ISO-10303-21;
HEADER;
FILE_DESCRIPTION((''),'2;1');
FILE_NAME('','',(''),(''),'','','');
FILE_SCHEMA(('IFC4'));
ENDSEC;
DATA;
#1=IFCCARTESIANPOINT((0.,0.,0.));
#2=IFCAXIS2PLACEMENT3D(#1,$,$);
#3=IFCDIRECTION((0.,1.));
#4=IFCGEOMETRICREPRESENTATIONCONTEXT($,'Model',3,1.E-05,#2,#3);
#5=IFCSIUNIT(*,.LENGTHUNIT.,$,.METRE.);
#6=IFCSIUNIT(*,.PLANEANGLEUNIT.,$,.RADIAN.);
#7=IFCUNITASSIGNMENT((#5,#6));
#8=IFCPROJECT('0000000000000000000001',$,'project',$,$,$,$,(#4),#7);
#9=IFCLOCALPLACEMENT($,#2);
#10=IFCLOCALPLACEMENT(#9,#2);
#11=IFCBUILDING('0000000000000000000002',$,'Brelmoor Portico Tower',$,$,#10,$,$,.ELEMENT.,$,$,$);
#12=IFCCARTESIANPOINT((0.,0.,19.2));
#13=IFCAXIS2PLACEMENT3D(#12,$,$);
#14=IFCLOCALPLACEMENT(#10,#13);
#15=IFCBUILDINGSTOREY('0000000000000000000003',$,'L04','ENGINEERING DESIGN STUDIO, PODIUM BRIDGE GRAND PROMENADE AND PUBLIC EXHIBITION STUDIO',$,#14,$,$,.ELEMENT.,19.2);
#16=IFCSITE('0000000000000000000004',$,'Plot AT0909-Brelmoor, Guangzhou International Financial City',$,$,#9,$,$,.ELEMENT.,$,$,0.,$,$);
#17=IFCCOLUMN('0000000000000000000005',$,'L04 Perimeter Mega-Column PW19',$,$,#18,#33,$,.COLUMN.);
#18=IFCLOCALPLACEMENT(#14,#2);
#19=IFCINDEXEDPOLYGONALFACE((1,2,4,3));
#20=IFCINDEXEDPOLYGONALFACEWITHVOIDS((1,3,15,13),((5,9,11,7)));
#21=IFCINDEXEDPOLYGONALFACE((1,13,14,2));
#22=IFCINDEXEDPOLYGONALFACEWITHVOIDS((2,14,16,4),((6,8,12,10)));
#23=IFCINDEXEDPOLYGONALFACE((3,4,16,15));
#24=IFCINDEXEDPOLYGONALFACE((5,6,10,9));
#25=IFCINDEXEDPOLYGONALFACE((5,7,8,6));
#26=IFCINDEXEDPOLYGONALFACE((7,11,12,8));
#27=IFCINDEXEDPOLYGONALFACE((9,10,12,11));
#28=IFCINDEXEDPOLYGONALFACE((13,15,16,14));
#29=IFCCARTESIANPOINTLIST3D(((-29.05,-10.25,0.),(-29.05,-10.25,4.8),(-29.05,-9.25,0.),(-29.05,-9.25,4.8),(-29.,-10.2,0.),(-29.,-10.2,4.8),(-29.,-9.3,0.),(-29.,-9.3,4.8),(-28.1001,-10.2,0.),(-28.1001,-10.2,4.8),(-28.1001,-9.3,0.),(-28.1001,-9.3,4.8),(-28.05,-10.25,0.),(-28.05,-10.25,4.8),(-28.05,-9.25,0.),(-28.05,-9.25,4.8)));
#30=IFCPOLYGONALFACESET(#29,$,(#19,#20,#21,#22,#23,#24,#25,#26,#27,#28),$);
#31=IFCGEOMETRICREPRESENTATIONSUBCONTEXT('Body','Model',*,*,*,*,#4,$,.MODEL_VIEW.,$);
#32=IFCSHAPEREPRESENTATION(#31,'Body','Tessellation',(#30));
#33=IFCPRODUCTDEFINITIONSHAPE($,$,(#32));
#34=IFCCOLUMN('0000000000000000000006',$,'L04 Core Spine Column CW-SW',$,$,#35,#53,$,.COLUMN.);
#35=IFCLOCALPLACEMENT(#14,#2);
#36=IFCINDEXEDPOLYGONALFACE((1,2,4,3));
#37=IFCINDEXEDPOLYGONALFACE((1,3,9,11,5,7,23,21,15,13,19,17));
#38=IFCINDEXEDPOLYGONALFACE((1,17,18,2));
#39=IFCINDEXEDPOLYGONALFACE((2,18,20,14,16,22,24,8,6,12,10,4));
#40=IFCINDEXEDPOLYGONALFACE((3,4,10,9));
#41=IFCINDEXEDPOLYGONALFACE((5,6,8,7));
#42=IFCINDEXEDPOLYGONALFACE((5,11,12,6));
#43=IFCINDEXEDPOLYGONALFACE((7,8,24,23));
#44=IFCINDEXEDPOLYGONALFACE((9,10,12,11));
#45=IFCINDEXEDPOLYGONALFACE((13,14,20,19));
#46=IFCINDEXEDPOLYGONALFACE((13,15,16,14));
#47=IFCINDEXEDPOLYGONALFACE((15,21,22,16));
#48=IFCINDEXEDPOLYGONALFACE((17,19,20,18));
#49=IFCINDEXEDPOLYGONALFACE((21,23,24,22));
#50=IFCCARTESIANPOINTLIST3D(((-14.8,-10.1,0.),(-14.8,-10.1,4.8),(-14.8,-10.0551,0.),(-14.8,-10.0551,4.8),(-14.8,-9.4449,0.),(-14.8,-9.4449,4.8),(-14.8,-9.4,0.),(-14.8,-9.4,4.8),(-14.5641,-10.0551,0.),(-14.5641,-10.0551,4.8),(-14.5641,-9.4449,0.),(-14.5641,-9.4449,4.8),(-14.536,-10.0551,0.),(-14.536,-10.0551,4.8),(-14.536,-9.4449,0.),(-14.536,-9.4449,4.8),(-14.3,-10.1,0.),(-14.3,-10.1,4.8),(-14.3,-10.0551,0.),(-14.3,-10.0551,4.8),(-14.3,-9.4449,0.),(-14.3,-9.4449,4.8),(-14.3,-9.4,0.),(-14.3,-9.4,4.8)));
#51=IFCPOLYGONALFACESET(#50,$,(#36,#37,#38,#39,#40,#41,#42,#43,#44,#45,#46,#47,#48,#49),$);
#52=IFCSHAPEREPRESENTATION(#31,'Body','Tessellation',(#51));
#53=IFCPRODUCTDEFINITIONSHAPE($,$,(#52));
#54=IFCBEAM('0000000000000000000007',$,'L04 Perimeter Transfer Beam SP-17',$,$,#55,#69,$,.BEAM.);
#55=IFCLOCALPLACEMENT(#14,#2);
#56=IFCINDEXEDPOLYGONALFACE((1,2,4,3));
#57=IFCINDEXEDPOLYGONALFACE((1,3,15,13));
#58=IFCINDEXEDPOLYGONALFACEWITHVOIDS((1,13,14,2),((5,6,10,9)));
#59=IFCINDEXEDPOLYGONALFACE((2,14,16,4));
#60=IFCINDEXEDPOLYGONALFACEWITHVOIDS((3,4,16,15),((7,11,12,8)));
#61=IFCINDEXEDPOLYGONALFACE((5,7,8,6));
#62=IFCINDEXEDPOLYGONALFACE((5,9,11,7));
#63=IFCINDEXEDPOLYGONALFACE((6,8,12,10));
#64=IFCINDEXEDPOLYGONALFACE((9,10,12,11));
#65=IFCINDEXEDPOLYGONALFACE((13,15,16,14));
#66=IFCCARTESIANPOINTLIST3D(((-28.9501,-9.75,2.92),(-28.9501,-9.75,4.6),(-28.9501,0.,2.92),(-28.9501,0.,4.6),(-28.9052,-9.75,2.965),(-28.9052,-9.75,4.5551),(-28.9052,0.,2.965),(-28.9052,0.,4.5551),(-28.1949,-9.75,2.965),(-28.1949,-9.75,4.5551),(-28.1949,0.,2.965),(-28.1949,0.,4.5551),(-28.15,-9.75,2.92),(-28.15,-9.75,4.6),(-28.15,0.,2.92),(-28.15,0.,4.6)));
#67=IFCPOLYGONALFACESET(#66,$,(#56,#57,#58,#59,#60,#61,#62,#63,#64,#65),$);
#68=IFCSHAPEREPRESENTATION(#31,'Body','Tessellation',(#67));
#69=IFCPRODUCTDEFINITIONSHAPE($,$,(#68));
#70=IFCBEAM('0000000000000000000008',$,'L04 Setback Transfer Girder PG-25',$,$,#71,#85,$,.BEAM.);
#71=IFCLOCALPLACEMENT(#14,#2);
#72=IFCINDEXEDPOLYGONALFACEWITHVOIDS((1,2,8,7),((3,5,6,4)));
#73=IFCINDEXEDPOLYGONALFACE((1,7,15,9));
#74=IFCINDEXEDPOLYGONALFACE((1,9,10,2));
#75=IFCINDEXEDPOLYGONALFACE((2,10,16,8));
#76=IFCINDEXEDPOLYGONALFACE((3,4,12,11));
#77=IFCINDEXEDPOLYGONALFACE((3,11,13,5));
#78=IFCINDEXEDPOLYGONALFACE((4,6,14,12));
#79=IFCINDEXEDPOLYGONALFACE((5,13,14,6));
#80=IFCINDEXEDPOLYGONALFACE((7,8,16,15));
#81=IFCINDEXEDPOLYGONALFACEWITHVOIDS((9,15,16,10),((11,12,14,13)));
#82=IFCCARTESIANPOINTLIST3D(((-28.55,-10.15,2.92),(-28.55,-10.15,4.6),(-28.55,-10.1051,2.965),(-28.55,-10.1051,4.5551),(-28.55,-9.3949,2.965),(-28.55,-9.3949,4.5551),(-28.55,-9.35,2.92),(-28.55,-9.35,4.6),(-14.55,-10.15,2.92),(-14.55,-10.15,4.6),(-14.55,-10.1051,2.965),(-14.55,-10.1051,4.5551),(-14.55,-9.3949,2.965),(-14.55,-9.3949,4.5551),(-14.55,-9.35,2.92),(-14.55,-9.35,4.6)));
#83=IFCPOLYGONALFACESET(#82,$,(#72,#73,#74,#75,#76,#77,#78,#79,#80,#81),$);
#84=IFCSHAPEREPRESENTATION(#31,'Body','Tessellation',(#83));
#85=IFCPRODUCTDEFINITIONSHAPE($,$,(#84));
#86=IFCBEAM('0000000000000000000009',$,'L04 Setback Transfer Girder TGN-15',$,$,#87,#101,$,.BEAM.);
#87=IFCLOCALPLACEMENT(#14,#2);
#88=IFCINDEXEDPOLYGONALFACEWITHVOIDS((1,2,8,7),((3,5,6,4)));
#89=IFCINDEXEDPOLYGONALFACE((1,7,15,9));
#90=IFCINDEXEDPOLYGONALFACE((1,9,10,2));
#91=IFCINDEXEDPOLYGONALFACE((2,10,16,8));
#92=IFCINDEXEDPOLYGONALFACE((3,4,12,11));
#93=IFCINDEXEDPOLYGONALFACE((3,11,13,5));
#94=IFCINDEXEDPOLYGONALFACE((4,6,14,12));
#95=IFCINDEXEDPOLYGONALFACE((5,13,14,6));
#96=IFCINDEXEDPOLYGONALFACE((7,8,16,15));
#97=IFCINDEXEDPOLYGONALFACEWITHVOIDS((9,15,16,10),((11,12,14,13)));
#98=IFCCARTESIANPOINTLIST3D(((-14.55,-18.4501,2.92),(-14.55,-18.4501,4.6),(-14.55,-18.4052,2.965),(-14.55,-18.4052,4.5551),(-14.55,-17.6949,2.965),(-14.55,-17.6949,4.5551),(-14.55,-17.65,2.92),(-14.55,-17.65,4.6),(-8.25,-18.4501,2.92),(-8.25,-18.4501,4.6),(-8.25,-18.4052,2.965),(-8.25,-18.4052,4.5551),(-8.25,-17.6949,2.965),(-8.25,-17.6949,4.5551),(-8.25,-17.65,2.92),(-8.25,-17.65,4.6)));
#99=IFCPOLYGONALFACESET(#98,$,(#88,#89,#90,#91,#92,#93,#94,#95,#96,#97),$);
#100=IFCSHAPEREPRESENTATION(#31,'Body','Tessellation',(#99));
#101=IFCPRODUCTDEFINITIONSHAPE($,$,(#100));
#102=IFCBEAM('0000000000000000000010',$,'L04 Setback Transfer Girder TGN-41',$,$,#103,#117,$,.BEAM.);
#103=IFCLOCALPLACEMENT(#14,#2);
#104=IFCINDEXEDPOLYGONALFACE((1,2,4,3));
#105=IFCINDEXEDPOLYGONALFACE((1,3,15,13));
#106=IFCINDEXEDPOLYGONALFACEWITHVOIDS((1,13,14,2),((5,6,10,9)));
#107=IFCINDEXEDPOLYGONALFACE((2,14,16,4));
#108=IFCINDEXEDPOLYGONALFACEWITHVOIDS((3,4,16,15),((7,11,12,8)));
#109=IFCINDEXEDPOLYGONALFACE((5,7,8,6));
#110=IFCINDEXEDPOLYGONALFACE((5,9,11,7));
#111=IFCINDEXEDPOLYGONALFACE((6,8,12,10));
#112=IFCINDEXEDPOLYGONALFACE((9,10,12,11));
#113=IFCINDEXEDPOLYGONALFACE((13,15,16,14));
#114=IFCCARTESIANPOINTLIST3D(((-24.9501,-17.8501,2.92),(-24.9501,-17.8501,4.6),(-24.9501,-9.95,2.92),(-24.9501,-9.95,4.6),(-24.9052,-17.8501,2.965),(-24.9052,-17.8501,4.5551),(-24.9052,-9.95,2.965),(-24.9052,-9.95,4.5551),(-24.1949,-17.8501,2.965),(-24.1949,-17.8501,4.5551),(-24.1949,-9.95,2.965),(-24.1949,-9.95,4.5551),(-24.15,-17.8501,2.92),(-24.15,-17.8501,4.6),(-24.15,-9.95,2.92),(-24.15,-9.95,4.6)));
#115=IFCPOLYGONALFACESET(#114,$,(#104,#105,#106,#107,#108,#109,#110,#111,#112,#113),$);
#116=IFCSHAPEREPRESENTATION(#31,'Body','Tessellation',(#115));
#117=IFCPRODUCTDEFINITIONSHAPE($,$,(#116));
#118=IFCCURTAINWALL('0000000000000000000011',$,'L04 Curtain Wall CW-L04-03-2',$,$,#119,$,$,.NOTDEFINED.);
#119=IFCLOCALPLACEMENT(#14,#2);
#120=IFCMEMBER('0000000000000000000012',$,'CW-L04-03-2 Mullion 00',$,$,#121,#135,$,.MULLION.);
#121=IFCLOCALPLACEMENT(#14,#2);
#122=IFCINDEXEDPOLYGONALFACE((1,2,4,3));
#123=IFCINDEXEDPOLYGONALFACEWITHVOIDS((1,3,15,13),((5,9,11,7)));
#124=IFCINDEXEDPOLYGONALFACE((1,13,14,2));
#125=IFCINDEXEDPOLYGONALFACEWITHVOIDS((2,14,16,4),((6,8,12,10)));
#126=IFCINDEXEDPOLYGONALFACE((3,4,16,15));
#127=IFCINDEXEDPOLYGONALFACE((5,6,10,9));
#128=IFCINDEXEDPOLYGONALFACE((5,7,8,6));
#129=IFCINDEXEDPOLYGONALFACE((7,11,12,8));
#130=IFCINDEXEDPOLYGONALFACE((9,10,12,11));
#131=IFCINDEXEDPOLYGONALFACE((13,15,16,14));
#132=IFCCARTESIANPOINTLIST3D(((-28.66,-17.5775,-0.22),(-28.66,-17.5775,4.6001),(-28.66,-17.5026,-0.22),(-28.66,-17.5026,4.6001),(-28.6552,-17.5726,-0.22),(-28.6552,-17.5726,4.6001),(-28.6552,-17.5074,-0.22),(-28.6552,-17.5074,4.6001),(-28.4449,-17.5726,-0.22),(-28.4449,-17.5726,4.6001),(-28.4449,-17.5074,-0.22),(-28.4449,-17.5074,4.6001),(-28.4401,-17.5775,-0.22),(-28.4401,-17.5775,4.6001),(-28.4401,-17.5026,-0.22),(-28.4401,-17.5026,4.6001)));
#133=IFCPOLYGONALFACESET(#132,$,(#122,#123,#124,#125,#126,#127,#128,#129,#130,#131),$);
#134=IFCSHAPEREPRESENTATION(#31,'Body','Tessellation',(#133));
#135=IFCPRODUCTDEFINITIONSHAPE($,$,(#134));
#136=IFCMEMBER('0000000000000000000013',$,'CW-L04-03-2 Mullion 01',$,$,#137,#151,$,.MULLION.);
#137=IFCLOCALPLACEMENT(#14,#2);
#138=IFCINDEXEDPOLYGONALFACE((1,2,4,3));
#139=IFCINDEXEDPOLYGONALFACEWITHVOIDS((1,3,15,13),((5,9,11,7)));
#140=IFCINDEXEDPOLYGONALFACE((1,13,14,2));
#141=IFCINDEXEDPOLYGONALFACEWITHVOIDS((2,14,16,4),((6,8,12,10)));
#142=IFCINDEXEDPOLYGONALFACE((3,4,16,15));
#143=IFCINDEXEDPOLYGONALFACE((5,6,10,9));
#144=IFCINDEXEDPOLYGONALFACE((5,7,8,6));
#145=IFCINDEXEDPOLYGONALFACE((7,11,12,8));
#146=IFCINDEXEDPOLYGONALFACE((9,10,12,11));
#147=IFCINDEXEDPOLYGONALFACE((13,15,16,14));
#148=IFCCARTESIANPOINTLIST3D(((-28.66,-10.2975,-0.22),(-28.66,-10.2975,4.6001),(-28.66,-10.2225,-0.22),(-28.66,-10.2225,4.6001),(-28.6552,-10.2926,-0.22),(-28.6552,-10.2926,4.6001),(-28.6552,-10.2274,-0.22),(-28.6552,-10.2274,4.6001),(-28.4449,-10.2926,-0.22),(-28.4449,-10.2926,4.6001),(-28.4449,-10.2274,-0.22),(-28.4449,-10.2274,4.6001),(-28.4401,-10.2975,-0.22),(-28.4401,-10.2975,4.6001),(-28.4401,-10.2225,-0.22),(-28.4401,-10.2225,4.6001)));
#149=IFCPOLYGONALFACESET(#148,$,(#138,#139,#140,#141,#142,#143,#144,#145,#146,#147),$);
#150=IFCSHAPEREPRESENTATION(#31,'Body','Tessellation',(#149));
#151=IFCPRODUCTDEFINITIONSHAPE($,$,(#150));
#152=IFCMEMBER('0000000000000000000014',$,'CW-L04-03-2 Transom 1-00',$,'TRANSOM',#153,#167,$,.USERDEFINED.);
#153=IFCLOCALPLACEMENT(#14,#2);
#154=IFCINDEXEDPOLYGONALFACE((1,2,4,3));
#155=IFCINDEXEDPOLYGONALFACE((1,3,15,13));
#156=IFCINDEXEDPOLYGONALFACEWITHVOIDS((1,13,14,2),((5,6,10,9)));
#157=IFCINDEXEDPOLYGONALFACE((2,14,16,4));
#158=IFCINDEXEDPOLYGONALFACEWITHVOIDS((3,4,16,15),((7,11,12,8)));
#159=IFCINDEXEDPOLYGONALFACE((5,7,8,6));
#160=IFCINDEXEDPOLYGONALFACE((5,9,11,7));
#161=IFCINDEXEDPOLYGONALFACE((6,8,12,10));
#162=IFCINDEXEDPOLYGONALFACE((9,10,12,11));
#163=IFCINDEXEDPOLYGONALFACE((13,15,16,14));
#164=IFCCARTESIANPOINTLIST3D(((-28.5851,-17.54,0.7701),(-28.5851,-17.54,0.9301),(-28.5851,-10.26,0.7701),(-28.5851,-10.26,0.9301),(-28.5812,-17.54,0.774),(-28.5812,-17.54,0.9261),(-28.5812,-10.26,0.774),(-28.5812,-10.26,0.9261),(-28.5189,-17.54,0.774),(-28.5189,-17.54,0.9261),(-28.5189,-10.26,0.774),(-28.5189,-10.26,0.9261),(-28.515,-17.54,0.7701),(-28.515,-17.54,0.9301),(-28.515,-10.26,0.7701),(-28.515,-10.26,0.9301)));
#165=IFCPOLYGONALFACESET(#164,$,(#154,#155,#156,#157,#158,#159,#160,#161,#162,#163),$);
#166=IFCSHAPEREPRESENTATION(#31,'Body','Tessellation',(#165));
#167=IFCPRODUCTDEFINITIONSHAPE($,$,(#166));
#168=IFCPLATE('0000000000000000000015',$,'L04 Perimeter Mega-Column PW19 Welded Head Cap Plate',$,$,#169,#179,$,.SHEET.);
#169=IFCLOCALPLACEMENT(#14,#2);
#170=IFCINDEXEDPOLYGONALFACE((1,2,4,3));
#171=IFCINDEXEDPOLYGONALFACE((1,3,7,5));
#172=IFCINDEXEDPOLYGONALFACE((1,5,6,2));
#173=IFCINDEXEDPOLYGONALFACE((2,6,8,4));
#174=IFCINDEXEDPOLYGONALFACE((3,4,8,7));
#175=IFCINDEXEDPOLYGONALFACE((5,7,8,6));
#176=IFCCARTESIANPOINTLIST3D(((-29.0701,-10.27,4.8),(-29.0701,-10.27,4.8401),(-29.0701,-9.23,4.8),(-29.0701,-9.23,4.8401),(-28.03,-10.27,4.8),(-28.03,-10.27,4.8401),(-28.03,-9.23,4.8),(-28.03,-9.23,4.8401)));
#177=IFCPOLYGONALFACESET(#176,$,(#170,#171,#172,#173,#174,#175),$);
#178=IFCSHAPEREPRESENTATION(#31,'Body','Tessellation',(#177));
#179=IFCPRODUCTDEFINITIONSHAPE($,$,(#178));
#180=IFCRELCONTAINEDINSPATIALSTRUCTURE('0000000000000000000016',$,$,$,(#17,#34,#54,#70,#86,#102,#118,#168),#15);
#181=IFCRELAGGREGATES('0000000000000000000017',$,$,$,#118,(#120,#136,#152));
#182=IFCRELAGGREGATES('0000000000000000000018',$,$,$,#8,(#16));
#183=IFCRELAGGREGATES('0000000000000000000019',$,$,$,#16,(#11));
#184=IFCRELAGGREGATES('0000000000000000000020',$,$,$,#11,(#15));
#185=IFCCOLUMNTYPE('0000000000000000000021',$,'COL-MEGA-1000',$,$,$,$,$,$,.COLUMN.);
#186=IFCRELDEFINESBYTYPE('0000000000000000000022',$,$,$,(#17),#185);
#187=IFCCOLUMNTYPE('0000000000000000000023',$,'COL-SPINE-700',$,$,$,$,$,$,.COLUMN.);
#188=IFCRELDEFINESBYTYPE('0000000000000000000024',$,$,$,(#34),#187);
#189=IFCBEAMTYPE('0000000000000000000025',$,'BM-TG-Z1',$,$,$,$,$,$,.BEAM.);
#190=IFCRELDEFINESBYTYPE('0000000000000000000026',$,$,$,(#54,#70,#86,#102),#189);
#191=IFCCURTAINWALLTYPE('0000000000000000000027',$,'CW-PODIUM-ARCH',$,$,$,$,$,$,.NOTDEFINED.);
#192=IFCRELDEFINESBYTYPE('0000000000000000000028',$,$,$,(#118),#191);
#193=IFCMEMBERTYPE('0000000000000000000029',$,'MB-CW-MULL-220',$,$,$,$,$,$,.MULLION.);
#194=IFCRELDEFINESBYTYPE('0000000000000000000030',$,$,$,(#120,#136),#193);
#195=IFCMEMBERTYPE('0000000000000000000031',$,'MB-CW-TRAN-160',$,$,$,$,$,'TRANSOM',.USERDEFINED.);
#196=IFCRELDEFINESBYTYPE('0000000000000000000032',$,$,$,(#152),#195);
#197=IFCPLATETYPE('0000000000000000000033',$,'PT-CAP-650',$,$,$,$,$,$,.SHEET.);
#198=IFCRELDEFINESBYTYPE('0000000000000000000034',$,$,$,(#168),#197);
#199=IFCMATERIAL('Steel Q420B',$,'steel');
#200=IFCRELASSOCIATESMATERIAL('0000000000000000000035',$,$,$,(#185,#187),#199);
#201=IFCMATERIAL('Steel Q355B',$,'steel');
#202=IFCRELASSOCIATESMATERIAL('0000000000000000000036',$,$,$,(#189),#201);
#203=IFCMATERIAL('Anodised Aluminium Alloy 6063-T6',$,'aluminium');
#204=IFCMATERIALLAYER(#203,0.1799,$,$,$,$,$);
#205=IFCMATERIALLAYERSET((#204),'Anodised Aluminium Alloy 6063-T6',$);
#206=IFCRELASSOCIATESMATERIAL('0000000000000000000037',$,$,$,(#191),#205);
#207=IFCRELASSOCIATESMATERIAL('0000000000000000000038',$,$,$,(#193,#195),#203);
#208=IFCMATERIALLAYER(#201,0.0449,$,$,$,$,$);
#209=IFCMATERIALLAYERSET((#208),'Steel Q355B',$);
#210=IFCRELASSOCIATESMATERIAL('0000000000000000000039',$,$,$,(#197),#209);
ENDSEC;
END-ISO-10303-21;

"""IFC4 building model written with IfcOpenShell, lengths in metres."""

from ifc_helpers import new_model, si_unit, direction, frame, origin, origin_2d, place, context, subcontext, project, spatial, rectangle, hollow_rectangle, i_section, extrude, material, layer, layer_set, material_profile, profile_set, type_object, element, aggregate, save


model = new_model("IFC4")

# Units and contexts
model_context = context("Model", 3, precision=1e-05, world=origin(), true_north=direction((0.0, 1.0)))
body_context = subcontext(model_context, "Body", "Model", "MODEL_VIEW")
ifc_project = project(units=[si_unit("LENGTHUNIT", "METRE"), si_unit("PLANEANGLEUNIT", "RADIAN")], contexts=[model_context])

# Site, building, storey
site_placement = place(None, origin())
site = spatial("IfcSite", under=ifc_project, at=site_placement, Name="Plot AT0909-Brelmoor, Guangzhou International Financial City", CompositionType="ELEMENT", RefElevation=0.0)
building_placement = place(site_placement, origin())
building = spatial("IfcBuilding", under=site, at=building_placement, Name="Brelmoor Portico Tower", CompositionType="ELEMENT")
storey_placement = place(building_placement, frame((0.0, 0.0, 19.2)))
storey = spatial("IfcBuildingStorey", under=building, at=storey_placement, Name="L04", Description="ENGINEERING DESIGN STUDIO, PODIUM BRIDGE GRAND PROMENADE AND PUBLIC EXHIBITION STUDIO", CompositionType="ELEMENT", Elevation=19.2)

# Columns
ifc_material_1 = material(Name="Steel Q420B", Category="steel")
ifc_material_profile_1 = material_profile(ifc_material_1, hollow_rectangle(XDim=1.0, YDim=1.0, WallThickness=0.05, at=origin_2d()), Name="BOX 1000x1000x50")
ifc_profile_set_1 = profile_set([ifc_material_profile_1], Name="Steel Q420B")
column_type_1 = type_object("IfcColumnType", Name="COL-MEGA-1000", PredefinedType="COLUMN", material=ifc_profile_set_1)
column_1_placement = place(storey_placement, frame((-28.55, -9.75, 0.0), z_axis=(0.0, 0.0, 1.0), x_axis=(0.0, 1.0, 0.0)))
element("IfcColumn", 1, at=column_1_placement, inside=storey, type_object=column_type_1, Name="L04 Perimeter Mega-Column PW19", PredefinedType="COLUMN", context=body_context, shape_type="SweptSolid", body=[
    extrude(hollow_rectangle(XDim=1.0, YDim=1.0, WallThickness=0.05, at=origin_2d()), origin(), (0.0, 0.0, 1.0), 4.8),
])
ifc_material_profile_2 = material_profile(ifc_material_1, i_section(OverallWidth=0.5, OverallDepth=0.7, WebThickness=0.0281, FlangeThickness=0.0449, at=origin_2d()), Name="HW 700x500x28x45")
ifc_profile_set_2 = profile_set([ifc_material_profile_2], Name="Steel Q420B")
column_type_2 = type_object("IfcColumnType", Name="COL-SPINE-700", PredefinedType="COLUMN", material=ifc_profile_set_2)
column_2_placement = place(storey_placement, frame((-14.55, -9.75, 0.0), z_axis=(0.0, 0.0, 1.0), x_axis=(1.0, 0.0, 0.0)))
element("IfcColumn", 2, at=column_2_placement, inside=storey, type_object=column_type_2, Name="L04 Core Spine Column CW-SW", PredefinedType="COLUMN", context=body_context, shape_type="SweptSolid", body=[
    extrude(i_section(OverallWidth=0.5, OverallDepth=0.7, WebThickness=0.0281, FlangeThickness=0.0449, at=origin_2d()), origin(), (0.0, 0.0, 1.0), 4.8),
])

# Beams
ifc_material_2 = material(Name="Steel Q355B", Category="steel")
ifc_material_profile_3 = material_profile(ifc_material_2, hollow_rectangle(XDim=0.8, YDim=1.6799, WallThickness=0.0449, at=origin_2d()), Name="BOX 800x1680x45")
ifc_profile_set_3 = profile_set([ifc_material_profile_3], Name="Steel Q355B")
beam_type = type_object("IfcBeamType", Name="BM-TG-Z1", PredefinedType="BEAM", material=ifc_profile_set_3)
beam_1_placement = place(storey_placement, frame((-28.55, -9.75, 3.76), z_axis=(0.0, 1.0, 0.0), x_axis=(-1.0, 0.0, 0.0)))
element("IfcBeam", 3, at=beam_1_placement, inside=storey, type_object=beam_type, Name="L04 Perimeter Transfer Beam SP-17", PredefinedType="BEAM", context=body_context, shape_type="SweptSolid", body=[
    extrude(hollow_rectangle(XDim=0.8, YDim=1.6799, WallThickness=0.0449, at=origin_2d()), origin(), (0.0, 0.0, 1.0), 9.75),
])
beam_2_placement = place(storey_placement, frame((-28.55, -9.75, 3.76), z_axis=(1.0, 0.0, 0.0), x_axis=(0.0, 1.0, 0.0)))
element("IfcBeam", 4, at=beam_2_placement, inside=storey, type_object=beam_type, Name="L04 Setback Transfer Girder PG-25", PredefinedType="BEAM", context=body_context, shape_type="SweptSolid", body=[
    extrude(hollow_rectangle(XDim=0.8, YDim=1.6799, WallThickness=0.0449, at=origin_2d()), origin(), (0.0, 0.0, 1.0), 14.0),
])
beam_3_placement = place(storey_placement, frame((-14.55, -18.05, 3.76), z_axis=(1.0, 0.0, 0.0), x_axis=(0.0, 1.0, 0.0)))
element("IfcBeam", 5, at=beam_3_placement, inside=storey, type_object=beam_type, Name="L04 Setback Transfer Girder TGN-15", PredefinedType="BEAM", context=body_context, shape_type="SweptSolid", body=[
    extrude(hollow_rectangle(XDim=0.8, YDim=1.6799, WallThickness=0.0449, at=origin_2d()), origin(), (0.0, 0.0, 1.0), 6.3),
])
beam_4_placement = place(storey_placement, frame((-24.55, -17.8501, 3.76), z_axis=(0.0, 1.0, 0.0), x_axis=(-1.0, 0.0, 0.0)))
element("IfcBeam", 6, at=beam_4_placement, inside=storey, type_object=beam_type, Name="L04 Setback Transfer Girder TGN-41", PredefinedType="BEAM", context=body_context, shape_type="SweptSolid", body=[
    extrude(hollow_rectangle(XDim=0.8, YDim=1.6799, WallThickness=0.0449, at=origin_2d()), origin(), (0.0, 0.0, 1.0), 7.9001),
])

# Curtain wall, members
ifc_material_3 = material(Name="Anodised Aluminium Alloy 6063-T6", Category="aluminium")
ifc_layer_1 = layer(ifc_material_3, 0.1799)
ifc_layer_set_1 = layer_set([ifc_layer_1], Name="Anodised Aluminium Alloy 6063-T6")
curtain_wall_type = type_object("IfcCurtainWallType", Name="CW-PODIUM-ARCH", PredefinedType="NOTDEFINED", material=ifc_layer_set_1)
curtain_wall_placement = place(storey_placement, origin())
curtain_wall = element("IfcCurtainWall", 7, at=curtain_wall_placement, inside=storey, type_object=curtain_wall_type, Name="L04 Curtain Wall CW-L04-03-2", PredefinedType="NOTDEFINED")
ifc_material_profile_4 = material_profile(ifc_material_3, hollow_rectangle(XDim=0.075, YDim=0.22, WallThickness=0.0049, at=origin_2d()), Name="ALU MULLION 75x220")
ifc_profile_set_4 = profile_set([ifc_material_profile_4], Name="Anodised Aluminium Alloy 6063-T6")
member_type_1 = type_object("IfcMemberType", Name="MB-CW-MULL-220", PredefinedType="MULLION", material=ifc_profile_set_4)
member_1_placement = place(storey_placement, frame((-28.55, -17.54, -0.22), z_axis=(0.0, 0.0, 1.0), x_axis=(0.0, 1.0, 0.0)))
member_1 = element("IfcMember", 8, at=member_1_placement, type_object=member_type_1, Name="CW-L04-03-2 Mullion 00", PredefinedType="MULLION", context=body_context, shape_type="SweptSolid", body=[
    extrude(hollow_rectangle(XDim=0.075, YDim=0.22, WallThickness=0.0049, at=origin_2d()), origin(), (0.0, 0.0, 1.0), 4.8201),
])
member_2_placement = place(storey_placement, frame((-28.55, -10.26, -0.22), z_axis=(0.0, 0.0, 1.0), x_axis=(0.0, 1.0, 0.0)))
member_2 = element("IfcMember", 9, at=member_2_placement, type_object=member_type_1, Name="CW-L04-03-2 Mullion 01", PredefinedType="MULLION", context=body_context, shape_type="SweptSolid", body=[
    extrude(hollow_rectangle(XDim=0.075, YDim=0.22, WallThickness=0.0049, at=origin_2d()), origin(), (0.0, 0.0, 1.0), 4.8201),
])
ifc_material_profile_5 = material_profile(ifc_material_3, hollow_rectangle(XDim=0.0701, YDim=0.1599, WallThickness=0.0039, at=origin_2d()), Name="ALU TRANSOM 70x160")
ifc_profile_set_5 = profile_set([ifc_material_profile_5], Name="Anodised Aluminium Alloy 6063-T6")
member_type_2 = type_object("IfcMemberType", Name="MB-CW-TRAN-160", ElementType="TRANSOM", PredefinedType="USERDEFINED", material=ifc_profile_set_5)
member_3_placement = place(storey_placement, frame((-28.55, -17.54, 0.8501), z_axis=(0.0, 1.0, 0.0), x_axis=(-1.0, 0.0, 0.0)))
member_3 = element("IfcMember", 10, at=member_3_placement, type_object=member_type_2, Name="CW-L04-03-2 Transom 1-00", ObjectType="TRANSOM", PredefinedType="USERDEFINED", context=body_context, shape_type="SweptSolid", body=[
    extrude(hollow_rectangle(XDim=0.0701, YDim=0.1599, WallThickness=0.0039, at=origin_2d()), origin(), (0.0, 0.0, 1.0), 7.28),
])

# Plate
ifc_layer_2 = layer(ifc_material_2, 0.0449)
ifc_layer_set_2 = layer_set([ifc_layer_2], Name="Steel Q355B")
plate_type_1 = type_object("IfcPlateType", Name="PT-CAP-650", PredefinedType="SHEET", material=ifc_layer_set_2)
plate_1_placement = place(storey_placement, frame((-28.55, -9.75, 4.8), z_axis=(0.0, 0.0, 1.0), x_axis=(0.0, 1.0, 0.0)))
element("IfcPlate", 11, at=plate_1_placement, inside=storey, type_object=plate_type_1, Name="L04 Perimeter Mega-Column PW19 Welded Head Cap Plate", PredefinedType="SHEET", context=body_context, shape_type="SweptSolid", body=[
    extrude(rectangle(XDim=1.04, YDim=1.04, at=origin_2d()), origin(), (0.0, 0.0, 1.0), 0.04),
])
aggregate(curtain_wall, [member_1, member_2, member_3])

save(model, "model.ifc")
